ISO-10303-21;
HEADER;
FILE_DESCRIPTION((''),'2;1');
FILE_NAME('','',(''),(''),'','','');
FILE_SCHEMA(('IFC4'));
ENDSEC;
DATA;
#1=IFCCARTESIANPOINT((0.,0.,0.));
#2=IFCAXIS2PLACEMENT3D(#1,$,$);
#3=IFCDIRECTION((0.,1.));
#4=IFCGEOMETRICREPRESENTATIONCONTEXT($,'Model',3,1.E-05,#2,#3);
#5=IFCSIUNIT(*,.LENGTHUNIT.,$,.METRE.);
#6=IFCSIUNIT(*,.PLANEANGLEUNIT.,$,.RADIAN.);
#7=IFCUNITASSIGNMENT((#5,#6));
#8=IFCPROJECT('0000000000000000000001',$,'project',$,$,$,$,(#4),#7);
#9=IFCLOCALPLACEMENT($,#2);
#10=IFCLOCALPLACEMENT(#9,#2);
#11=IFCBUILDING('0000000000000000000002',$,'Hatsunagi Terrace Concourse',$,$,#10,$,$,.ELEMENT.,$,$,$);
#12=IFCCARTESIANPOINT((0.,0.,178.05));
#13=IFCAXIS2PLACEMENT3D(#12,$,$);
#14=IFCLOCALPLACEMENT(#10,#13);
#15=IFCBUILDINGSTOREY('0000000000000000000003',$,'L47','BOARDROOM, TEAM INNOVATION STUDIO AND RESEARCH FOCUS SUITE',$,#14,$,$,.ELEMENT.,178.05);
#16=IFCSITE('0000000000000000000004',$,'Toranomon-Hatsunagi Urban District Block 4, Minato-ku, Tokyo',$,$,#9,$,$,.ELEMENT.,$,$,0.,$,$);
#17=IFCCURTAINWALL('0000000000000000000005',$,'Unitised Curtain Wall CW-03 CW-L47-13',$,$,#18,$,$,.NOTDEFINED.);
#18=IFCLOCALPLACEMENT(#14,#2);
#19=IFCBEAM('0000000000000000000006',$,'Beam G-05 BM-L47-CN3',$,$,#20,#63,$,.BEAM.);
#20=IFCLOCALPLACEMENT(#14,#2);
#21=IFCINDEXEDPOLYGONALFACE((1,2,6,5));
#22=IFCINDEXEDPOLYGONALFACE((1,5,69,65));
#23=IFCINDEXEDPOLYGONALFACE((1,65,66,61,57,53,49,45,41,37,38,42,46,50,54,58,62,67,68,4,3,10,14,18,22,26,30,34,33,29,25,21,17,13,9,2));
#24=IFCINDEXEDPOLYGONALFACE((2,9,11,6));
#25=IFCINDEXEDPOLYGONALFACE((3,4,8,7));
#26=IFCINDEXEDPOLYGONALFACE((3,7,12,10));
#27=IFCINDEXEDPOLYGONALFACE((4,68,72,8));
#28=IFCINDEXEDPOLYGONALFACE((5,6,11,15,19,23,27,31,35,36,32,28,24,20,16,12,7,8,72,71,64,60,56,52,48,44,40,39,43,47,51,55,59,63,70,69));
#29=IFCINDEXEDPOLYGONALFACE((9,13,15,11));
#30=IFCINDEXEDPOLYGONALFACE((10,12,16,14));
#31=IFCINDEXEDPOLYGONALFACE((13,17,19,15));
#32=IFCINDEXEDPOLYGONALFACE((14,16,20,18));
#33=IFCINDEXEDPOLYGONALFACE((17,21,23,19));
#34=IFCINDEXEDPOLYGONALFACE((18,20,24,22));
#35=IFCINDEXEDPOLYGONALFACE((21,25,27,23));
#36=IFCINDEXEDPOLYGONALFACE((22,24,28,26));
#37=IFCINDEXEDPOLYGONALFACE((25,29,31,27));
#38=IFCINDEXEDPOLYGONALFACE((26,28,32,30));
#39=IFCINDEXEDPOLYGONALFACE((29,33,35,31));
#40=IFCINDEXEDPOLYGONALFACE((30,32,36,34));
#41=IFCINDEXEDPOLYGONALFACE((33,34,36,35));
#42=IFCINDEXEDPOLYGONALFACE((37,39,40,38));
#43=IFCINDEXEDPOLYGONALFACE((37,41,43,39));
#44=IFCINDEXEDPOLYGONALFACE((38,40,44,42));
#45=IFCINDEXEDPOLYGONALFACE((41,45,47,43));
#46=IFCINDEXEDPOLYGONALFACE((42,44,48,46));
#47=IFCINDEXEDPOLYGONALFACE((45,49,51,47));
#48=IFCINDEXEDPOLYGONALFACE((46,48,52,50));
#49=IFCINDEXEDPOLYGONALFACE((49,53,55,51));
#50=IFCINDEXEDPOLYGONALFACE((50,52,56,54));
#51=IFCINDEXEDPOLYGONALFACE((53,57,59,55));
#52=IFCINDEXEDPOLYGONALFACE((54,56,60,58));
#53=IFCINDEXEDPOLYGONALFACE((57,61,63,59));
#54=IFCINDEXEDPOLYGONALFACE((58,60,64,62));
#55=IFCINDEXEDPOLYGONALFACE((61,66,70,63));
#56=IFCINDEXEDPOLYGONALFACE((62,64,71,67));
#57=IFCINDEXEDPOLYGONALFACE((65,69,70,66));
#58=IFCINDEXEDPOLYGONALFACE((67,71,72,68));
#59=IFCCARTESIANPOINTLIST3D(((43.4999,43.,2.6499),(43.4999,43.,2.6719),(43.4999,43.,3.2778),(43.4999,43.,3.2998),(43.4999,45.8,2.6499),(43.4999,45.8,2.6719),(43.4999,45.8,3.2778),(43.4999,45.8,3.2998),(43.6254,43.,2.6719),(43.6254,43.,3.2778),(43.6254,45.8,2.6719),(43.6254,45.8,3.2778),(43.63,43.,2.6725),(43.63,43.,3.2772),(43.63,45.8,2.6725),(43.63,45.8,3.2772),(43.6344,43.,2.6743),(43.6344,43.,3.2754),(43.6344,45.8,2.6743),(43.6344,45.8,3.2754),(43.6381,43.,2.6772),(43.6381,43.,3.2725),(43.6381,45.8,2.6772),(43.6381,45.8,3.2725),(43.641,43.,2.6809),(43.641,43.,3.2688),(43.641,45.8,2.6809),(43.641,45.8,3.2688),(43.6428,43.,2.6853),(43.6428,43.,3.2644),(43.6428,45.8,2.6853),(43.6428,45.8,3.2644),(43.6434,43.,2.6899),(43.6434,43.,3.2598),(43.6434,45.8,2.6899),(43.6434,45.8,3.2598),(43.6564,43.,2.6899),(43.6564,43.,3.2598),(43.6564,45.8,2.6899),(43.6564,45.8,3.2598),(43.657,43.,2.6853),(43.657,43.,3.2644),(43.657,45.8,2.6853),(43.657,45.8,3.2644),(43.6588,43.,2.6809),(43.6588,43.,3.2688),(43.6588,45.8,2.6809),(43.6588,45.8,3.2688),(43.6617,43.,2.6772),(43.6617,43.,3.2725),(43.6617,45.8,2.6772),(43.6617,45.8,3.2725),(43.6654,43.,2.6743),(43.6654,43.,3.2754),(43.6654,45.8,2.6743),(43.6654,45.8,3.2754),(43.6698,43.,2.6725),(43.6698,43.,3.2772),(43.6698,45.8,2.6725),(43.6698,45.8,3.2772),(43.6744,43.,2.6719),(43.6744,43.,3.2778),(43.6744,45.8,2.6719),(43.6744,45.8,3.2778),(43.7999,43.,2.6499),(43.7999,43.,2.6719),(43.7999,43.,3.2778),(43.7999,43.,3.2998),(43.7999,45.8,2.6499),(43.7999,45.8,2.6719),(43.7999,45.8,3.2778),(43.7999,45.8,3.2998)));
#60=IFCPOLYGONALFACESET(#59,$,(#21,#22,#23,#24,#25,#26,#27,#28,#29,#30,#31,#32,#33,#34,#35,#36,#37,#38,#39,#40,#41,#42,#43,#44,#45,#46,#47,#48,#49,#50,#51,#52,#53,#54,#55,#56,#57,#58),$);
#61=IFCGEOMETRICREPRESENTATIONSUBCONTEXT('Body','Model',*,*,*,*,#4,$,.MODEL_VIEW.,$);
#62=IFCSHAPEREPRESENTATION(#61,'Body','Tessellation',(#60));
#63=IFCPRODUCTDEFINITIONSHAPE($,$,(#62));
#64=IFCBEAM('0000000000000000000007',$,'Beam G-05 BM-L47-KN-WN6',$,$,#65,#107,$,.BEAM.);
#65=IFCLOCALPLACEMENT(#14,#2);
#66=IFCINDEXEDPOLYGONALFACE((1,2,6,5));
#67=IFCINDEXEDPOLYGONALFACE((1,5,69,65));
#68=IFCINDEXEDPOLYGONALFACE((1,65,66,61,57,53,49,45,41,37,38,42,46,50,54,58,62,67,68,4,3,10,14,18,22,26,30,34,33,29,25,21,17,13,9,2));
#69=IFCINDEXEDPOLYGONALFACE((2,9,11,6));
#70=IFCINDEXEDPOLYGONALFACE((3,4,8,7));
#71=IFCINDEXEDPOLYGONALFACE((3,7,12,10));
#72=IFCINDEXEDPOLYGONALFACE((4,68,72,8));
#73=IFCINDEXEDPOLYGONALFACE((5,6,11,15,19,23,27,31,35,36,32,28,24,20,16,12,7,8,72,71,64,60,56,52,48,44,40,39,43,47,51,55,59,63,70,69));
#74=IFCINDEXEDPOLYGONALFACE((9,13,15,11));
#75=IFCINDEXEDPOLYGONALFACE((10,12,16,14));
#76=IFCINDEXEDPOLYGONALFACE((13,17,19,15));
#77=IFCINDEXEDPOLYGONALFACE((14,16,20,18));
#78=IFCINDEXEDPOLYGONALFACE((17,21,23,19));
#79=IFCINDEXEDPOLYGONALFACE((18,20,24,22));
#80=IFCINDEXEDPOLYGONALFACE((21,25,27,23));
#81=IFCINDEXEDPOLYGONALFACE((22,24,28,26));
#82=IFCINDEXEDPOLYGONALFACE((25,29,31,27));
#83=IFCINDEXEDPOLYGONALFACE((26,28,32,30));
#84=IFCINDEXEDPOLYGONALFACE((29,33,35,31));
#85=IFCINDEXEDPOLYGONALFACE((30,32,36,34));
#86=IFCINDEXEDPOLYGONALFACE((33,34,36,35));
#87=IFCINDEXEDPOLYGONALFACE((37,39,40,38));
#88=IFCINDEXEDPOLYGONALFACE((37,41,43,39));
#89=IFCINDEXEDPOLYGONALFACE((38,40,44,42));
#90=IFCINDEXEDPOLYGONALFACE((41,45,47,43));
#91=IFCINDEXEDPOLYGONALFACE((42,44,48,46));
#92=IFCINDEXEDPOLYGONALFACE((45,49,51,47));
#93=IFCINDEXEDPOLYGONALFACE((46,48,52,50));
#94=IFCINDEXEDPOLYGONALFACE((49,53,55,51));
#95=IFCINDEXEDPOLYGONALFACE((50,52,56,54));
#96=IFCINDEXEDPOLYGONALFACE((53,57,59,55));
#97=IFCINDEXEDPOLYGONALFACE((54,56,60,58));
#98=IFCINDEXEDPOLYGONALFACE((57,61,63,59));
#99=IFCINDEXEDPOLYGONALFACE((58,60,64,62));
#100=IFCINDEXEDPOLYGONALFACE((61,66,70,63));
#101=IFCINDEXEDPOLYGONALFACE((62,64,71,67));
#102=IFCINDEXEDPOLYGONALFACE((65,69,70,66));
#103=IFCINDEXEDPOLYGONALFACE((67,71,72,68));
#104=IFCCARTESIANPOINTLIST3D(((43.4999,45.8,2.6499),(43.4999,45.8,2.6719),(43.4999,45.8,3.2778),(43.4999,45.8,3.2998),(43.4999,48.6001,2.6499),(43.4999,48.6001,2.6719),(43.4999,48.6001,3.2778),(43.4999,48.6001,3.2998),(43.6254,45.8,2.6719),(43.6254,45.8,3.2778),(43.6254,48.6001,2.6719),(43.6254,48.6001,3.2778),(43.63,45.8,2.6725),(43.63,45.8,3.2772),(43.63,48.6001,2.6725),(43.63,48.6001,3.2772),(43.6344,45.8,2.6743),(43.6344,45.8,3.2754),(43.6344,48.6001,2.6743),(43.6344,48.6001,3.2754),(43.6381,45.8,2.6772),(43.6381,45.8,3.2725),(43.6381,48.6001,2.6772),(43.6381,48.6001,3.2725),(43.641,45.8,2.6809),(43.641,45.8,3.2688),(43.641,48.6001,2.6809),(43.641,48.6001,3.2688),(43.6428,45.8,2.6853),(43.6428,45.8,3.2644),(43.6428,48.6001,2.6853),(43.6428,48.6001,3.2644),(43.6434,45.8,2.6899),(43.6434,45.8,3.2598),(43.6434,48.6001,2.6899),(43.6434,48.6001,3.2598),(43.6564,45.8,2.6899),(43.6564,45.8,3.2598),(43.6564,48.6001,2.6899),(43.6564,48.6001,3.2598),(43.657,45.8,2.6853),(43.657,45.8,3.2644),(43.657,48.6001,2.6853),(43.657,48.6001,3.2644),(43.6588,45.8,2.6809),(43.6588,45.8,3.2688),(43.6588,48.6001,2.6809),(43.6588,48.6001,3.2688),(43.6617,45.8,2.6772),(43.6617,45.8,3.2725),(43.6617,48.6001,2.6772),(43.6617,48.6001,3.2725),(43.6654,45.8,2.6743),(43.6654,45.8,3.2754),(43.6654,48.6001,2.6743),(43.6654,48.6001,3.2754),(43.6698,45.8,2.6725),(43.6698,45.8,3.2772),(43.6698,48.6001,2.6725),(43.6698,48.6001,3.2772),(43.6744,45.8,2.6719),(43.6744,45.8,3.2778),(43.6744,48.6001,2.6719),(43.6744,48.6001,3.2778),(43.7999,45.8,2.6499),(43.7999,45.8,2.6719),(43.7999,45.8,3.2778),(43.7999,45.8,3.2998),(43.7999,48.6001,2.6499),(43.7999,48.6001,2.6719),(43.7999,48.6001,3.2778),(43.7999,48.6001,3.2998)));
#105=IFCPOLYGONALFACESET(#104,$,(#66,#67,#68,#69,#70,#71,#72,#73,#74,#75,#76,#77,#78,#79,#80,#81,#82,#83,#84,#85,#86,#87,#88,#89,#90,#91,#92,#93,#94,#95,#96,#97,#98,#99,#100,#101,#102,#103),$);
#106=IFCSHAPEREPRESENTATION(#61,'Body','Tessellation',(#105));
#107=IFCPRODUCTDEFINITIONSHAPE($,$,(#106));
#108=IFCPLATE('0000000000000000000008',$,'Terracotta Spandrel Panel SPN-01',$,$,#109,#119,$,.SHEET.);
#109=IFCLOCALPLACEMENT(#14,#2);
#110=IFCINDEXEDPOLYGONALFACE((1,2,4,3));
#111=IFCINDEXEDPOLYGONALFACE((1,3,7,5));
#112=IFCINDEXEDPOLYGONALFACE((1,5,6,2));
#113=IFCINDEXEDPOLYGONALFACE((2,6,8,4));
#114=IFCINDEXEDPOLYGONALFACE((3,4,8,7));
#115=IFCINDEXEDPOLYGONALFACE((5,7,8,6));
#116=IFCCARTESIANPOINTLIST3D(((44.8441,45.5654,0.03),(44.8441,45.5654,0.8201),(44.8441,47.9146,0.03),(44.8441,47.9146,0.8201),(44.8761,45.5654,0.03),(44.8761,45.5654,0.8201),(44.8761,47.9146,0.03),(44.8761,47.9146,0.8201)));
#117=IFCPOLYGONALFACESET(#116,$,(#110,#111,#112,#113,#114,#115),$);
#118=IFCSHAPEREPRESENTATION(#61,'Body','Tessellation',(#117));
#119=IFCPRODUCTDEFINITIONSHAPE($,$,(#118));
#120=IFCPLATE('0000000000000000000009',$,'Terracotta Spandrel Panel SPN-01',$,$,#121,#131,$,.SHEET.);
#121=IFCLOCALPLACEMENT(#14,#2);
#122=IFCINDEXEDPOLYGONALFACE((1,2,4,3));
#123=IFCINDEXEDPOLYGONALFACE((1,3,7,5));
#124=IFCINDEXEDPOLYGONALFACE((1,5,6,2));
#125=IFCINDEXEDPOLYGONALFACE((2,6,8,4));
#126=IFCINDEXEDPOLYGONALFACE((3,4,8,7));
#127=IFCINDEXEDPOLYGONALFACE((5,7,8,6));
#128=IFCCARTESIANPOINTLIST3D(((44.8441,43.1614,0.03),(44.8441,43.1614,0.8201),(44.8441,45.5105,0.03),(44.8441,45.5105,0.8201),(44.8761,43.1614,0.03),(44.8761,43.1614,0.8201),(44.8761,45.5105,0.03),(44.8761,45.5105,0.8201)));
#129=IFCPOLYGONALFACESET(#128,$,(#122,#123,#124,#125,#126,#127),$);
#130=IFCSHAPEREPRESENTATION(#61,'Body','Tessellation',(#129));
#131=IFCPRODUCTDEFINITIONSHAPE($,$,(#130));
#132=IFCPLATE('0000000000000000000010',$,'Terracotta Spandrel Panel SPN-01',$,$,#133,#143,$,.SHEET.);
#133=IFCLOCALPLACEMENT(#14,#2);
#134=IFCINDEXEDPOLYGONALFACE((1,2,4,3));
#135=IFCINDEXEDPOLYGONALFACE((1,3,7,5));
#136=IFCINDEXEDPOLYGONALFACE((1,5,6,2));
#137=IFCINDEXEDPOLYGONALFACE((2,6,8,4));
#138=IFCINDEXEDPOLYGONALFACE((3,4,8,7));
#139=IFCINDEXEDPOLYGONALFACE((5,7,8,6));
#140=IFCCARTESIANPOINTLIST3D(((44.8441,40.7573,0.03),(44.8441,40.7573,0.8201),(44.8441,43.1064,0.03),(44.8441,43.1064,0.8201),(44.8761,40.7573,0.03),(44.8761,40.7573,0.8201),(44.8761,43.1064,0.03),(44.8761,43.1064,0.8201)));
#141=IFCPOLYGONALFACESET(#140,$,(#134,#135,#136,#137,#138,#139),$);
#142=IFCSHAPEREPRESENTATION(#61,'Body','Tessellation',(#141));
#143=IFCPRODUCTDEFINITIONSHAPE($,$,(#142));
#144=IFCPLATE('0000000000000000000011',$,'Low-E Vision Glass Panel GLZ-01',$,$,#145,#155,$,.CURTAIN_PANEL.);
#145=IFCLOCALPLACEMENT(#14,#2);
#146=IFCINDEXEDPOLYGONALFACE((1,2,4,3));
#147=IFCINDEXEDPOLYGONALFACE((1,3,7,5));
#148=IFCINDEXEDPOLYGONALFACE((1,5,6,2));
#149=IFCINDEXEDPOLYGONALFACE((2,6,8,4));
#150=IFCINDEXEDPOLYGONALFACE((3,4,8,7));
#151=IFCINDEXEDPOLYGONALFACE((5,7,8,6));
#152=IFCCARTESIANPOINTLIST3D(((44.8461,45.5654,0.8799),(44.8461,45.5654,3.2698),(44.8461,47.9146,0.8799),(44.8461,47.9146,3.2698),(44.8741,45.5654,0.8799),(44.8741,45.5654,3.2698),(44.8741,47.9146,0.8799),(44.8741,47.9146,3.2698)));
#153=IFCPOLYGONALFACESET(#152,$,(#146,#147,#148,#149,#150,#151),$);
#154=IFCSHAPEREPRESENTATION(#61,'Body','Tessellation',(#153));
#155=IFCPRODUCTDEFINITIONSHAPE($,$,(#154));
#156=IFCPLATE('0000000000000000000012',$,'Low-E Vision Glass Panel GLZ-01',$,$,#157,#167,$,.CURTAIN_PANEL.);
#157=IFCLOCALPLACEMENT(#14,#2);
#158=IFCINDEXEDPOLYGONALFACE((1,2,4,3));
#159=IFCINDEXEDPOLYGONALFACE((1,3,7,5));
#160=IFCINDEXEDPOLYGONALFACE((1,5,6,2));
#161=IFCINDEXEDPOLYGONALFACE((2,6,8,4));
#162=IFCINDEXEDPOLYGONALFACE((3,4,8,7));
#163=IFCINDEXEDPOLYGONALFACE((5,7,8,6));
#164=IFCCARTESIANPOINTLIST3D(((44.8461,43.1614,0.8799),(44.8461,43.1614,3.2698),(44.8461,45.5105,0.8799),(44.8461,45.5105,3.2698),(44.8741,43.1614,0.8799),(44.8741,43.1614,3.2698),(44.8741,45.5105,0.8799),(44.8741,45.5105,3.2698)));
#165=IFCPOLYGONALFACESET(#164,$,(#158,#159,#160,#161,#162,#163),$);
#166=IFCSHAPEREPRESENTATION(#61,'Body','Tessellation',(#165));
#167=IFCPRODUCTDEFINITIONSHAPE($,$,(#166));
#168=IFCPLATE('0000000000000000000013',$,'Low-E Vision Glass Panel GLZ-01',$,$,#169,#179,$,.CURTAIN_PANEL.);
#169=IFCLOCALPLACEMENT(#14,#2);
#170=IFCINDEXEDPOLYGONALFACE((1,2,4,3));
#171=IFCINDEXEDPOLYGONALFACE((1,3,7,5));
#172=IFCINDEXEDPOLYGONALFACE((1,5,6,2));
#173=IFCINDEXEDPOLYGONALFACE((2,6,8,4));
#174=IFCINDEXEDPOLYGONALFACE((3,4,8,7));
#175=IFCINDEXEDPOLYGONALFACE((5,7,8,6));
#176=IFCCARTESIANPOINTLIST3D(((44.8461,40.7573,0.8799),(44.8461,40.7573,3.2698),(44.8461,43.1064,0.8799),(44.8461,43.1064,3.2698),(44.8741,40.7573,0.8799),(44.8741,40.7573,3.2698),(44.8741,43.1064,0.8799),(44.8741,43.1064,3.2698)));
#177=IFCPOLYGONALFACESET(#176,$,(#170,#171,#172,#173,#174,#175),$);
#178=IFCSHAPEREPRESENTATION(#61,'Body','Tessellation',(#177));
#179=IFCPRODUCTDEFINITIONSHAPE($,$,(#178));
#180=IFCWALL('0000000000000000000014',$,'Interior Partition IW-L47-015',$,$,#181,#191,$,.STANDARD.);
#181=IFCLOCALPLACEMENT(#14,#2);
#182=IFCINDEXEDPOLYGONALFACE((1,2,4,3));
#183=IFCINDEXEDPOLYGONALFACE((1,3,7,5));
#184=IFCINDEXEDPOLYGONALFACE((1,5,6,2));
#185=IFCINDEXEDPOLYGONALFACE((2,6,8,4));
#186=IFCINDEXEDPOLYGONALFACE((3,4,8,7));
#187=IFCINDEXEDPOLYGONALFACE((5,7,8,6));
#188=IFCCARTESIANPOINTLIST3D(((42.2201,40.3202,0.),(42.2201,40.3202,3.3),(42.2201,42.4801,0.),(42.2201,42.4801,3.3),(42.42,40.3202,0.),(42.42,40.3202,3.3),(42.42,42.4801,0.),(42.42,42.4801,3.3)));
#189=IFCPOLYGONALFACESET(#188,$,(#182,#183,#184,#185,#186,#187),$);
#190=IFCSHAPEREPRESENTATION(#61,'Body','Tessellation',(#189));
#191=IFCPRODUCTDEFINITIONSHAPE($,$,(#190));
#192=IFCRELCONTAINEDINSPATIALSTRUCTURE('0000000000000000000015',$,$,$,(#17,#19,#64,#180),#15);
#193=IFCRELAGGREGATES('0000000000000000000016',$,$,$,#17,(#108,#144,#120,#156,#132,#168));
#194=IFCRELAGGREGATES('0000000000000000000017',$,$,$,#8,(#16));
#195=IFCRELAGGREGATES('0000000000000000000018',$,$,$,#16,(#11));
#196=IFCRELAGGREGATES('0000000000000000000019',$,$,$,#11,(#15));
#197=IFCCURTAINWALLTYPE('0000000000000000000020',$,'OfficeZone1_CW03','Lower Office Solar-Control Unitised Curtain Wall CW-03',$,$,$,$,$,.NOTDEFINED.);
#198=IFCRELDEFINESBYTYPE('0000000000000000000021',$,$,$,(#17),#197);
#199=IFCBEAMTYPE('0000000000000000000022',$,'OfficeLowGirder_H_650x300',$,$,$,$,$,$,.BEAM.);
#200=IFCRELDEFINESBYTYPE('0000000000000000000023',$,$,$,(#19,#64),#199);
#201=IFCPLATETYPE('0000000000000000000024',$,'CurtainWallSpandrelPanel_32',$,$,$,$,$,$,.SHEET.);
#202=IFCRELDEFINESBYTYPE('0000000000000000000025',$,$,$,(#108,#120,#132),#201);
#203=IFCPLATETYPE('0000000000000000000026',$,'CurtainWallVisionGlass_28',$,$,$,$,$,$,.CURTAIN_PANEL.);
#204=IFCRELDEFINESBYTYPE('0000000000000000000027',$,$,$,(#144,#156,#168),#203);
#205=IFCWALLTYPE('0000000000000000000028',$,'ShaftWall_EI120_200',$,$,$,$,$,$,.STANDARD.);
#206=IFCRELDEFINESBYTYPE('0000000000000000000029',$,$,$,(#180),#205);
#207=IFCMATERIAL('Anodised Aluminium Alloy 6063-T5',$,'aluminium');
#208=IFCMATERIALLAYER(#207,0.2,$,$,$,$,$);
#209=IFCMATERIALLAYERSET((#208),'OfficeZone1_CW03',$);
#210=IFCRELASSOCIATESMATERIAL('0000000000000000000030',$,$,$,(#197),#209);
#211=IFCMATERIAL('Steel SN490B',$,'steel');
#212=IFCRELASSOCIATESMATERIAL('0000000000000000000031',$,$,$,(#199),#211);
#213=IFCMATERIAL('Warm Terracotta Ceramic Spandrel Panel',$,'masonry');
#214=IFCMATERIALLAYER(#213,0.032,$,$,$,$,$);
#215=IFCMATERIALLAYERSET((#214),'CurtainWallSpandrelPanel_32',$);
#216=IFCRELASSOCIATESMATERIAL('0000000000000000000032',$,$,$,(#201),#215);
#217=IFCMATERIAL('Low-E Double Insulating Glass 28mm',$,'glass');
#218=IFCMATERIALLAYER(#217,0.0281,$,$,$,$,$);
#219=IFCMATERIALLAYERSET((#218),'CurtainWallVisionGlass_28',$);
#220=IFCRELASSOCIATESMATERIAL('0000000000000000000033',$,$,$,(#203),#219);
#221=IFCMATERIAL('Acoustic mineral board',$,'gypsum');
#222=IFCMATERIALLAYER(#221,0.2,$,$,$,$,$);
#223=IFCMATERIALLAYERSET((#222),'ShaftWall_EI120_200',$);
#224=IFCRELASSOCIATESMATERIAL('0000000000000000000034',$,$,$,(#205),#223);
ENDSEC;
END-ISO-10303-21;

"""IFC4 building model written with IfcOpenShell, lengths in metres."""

from ifc_helpers import new_model, si_unit, direction, frame, frame_2d, origin, origin_2d, place, context, subcontext, project, spatial, rectangle, i_section, extrude, material, layer, layer_set, material_profile, profile_set, type_object, element, aggregate, save


model = new_model("IFC4")

# Units and contexts
model_context = context("Model", 3, precision=1e-05, world=origin(), true_north=direction((0.0, 1.0)))
body_context = subcontext(model_context, "Body", "Model", "MODEL_VIEW")
ifc_project = project(units=[si_unit("LENGTHUNIT", "METRE"), si_unit("PLANEANGLEUNIT", "RADIAN")], contexts=[model_context])

# Site, building, storey
site_placement = place(None, origin())
site = spatial("IfcSite", under=ifc_project, at=site_placement, Name="Toranomon-Hatsunagi Urban District Block 4, Minato-ku, Tokyo", CompositionType="ELEMENT", RefElevation=0.0)
building_placement = place(site_placement, origin())
building = spatial("IfcBuilding", under=site, at=building_placement, Name="Hatsunagi Terrace Concourse", CompositionType="ELEMENT")
storey_placement = place(building_placement, frame((0.0, 0.0, 178.05)))
storey = spatial("IfcBuildingStorey", under=building, at=storey_placement, Name="L47", Description="BOARDROOM, TEAM INNOVATION STUDIO AND RESEARCH FOCUS SUITE", CompositionType="ELEMENT", Elevation=178.05)

# Curtain wall
ifc_material_1 = material(Name="Anodised Aluminium Alloy 6063-T5", Category="aluminium")
ifc_layer_1 = layer(ifc_material_1, 0.2)
ifc_layer_set_1 = layer_set([ifc_layer_1], Name="OfficeZone1_CW03")
curtain_wall_type = type_object("IfcCurtainWallType", Name="OfficeZone1_CW03", Description="Lower Office Solar-Control Unitised Curtain Wall CW-03", PredefinedType="NOTDEFINED", material=ifc_layer_set_1)
curtain_wall_placement = place(storey_placement, origin())
curtain_wall = element("IfcCurtainWall", 1, at=curtain_wall_placement, inside=storey, type_object=curtain_wall_type, Name="Unitised Curtain Wall CW-03 CW-L47-13", PredefinedType="NOTDEFINED")

# Beams
ifc_material_2 = material(Name="Steel SN490B", Category="steel")
ifc_material_profile_1 = material_profile(ifc_material_2, i_section(OverallWidth=0.3, OverallDepth=0.6499, WebThickness=0.0129, FlangeThickness=0.022, FilletRadius=0.0181, at=origin_2d()), Name="H-650x300x13x22")
ifc_profile_set_1 = profile_set([ifc_material_profile_1], Name="Steel SN490B")
beam_type = type_object("IfcBeamType", Name="OfficeLowGirder_H_650x300", PredefinedType="BEAM", material=ifc_profile_set_1)
for number, where, z_axis, x_axis, name in (
    (2, (43.6499, 43.0, 2.9749), (0.0, 1.0, 0.0), (-1.0, 0.0, 0.0), "Beam G-05 BM-L47-CN3"),
    (3, (43.6499, 45.8, 2.9749), (0.0, 1.0, 0.0), (-1.0, 0.0, 0.0), "Beam G-05 BM-L47-KN-WN6"),
):
    element("IfcBeam", number, at=place(storey_placement, frame(where, z_axis=z_axis, x_axis=x_axis)), inside=storey, type_object=beam_type, Name=name, PredefinedType="BEAM", context=body_context, shape_type="SweptSolid", body=[
        extrude(i_section(OverallWidth=0.3, OverallDepth=0.6499, WebThickness=0.0129, FlangeThickness=0.022, FilletRadius=0.0181, at=origin_2d()), origin(), (0.0, 0.0, 1.0), 2.8),
    ])

# Plates
ifc_material_3 = material(Name="Warm Terracotta Ceramic Spandrel Panel", Category="masonry")
ifc_layer_2 = layer(ifc_material_3, 0.032)
ifc_layer_set_2 = layer_set([ifc_layer_2], Name="CurtainWallSpandrelPanel_32")
plate_type_1 = type_object("IfcPlateType", Name="CurtainWallSpandrelPanel_32", PredefinedType="SHEET", material=ifc_layer_set_2)
plate_1_placement = place(storey_placement, frame((44.8601, 46.74, 0.03), z_axis=(0.0, 0.0, 1.0), x_axis=(0.0, -1.0, 0.0)))
plate_1 = element("IfcPlate", 4, at=plate_1_placement, type_object=plate_type_1, Name="Terracotta Spandrel Panel SPN-01", PredefinedType="SHEET", context=body_context, shape_type="SweptSolid", body=[
    extrude(rectangle(XDim=2.3491, YDim=0.032, at=origin_2d()), origin(), (0.0, 0.0, 1.0), 0.79),
])
plate_2_placement = place(storey_placement, frame((44.8601, 44.3359, 0.03), z_axis=(0.0, 0.0, 1.0), x_axis=(0.0, -1.0, 0.0)))
plate_2 = element("IfcPlate", 5, at=plate_2_placement, type_object=plate_type_1, Name="Terracotta Spandrel Panel SPN-01", PredefinedType="SHEET", context=body_context, shape_type="SweptSolid", body=[
    extrude(rectangle(XDim=2.3491, YDim=0.032, at=origin_2d()), origin(), (0.0, 0.0, 1.0), 0.79),
])
plate_3_placement = place(storey_placement, frame((44.8601, 41.9319, 0.03), z_axis=(0.0, 0.0, 1.0), x_axis=(0.0, -1.0, 0.0)))
plate_3 = element("IfcPlate", 6, at=plate_3_placement, type_object=plate_type_1, Name="Terracotta Spandrel Panel SPN-01", PredefinedType="SHEET", context=body_context, shape_type="SweptSolid", body=[
    extrude(rectangle(XDim=2.3491, YDim=0.032, at=origin_2d()), origin(), (0.0, 0.0, 1.0), 0.79),
])
ifc_material_4 = material(Name="Low-E Double Insulating Glass 28mm", Category="glass")
ifc_layer_3 = layer(ifc_material_4, 0.0281)
ifc_layer_set_3 = layer_set([ifc_layer_3], Name="CurtainWallVisionGlass_28")
plate_type_2 = type_object("IfcPlateType", Name="CurtainWallVisionGlass_28", PredefinedType="CURTAIN_PANEL", material=ifc_layer_set_3)
plate_4_placement = place(storey_placement, frame((44.8601, 46.74, 0.8799), z_axis=(0.0, 0.0, 1.0), x_axis=(0.0, -1.0, 0.0)))
plate_4 = element("IfcPlate", 7, at=plate_4_placement, type_object=plate_type_2, Name="Low-E Vision Glass Panel GLZ-01", PredefinedType="CURTAIN_PANEL", context=body_context, shape_type="SweptSolid", body=[
    extrude(rectangle(XDim=2.3491, YDim=0.0281, at=origin_2d()), origin(), (0.0, 0.0, 1.0), 2.3899),
])
plate_5_placement = place(storey_placement, frame((44.8601, 44.3359, 0.8799), z_axis=(0.0, 0.0, 1.0), x_axis=(0.0, -1.0, 0.0)))
plate_5 = element("IfcPlate", 8, at=plate_5_placement, type_object=plate_type_2, Name="Low-E Vision Glass Panel GLZ-01", PredefinedType="CURTAIN_PANEL", context=body_context, shape_type="SweptSolid", body=[
    extrude(rectangle(XDim=2.3491, YDim=0.0281, at=origin_2d()), origin(), (0.0, 0.0, 1.0), 2.3899),
])
plate_6_placement = place(storey_placement, frame((44.8601, 41.9319, 0.8799), z_axis=(0.0, 0.0, 1.0), x_axis=(0.0, -1.0, 0.0)))
plate_6 = element("IfcPlate", 9, at=plate_6_placement, type_object=plate_type_2, Name="Low-E Vision Glass Panel GLZ-01", PredefinedType="CURTAIN_PANEL", context=body_context, shape_type="SweptSolid", body=[
    extrude(rectangle(XDim=2.3491, YDim=0.0281, at=origin_2d()), origin(), (0.0, 0.0, 1.0), 2.3899),
])
aggregate(curtain_wall, [plate_1, plate_4, plate_2, plate_5, plate_3, plate_6])

# Wall
ifc_material_5 = material(Name="Acoustic mineral board", Category="gypsum")
ifc_layer_4 = layer(ifc_material_5, 0.2)
ifc_layer_set_4 = layer_set([ifc_layer_4], Name="ShaftWall_EI120_200")
wall_type_1 = type_object("IfcWallType", Name="ShaftWall_EI120_200", PredefinedType="STANDARD", material=ifc_layer_set_4)
wall_1_placement = place(storey_placement, frame((42.3201, 40.3201, 0.0), z_axis=(0.0, 0.0, 1.0), x_axis=(0.0, 1.0, 0.0)))
element("IfcWall", 10, at=wall_1_placement, inside=storey, type_object=wall_type_1, Name="Interior Partition IW-L47-015", PredefinedType="STANDARD", context=body_context, shape_type="SweptSolid", body=[
    extrude(rectangle(XDim=2.1599, YDim=0.2, at=frame_2d((1.0801, 0.0))), origin(), (0.0, 0.0, 1.0), 3.3),
])

save(model, "model.ifc")
